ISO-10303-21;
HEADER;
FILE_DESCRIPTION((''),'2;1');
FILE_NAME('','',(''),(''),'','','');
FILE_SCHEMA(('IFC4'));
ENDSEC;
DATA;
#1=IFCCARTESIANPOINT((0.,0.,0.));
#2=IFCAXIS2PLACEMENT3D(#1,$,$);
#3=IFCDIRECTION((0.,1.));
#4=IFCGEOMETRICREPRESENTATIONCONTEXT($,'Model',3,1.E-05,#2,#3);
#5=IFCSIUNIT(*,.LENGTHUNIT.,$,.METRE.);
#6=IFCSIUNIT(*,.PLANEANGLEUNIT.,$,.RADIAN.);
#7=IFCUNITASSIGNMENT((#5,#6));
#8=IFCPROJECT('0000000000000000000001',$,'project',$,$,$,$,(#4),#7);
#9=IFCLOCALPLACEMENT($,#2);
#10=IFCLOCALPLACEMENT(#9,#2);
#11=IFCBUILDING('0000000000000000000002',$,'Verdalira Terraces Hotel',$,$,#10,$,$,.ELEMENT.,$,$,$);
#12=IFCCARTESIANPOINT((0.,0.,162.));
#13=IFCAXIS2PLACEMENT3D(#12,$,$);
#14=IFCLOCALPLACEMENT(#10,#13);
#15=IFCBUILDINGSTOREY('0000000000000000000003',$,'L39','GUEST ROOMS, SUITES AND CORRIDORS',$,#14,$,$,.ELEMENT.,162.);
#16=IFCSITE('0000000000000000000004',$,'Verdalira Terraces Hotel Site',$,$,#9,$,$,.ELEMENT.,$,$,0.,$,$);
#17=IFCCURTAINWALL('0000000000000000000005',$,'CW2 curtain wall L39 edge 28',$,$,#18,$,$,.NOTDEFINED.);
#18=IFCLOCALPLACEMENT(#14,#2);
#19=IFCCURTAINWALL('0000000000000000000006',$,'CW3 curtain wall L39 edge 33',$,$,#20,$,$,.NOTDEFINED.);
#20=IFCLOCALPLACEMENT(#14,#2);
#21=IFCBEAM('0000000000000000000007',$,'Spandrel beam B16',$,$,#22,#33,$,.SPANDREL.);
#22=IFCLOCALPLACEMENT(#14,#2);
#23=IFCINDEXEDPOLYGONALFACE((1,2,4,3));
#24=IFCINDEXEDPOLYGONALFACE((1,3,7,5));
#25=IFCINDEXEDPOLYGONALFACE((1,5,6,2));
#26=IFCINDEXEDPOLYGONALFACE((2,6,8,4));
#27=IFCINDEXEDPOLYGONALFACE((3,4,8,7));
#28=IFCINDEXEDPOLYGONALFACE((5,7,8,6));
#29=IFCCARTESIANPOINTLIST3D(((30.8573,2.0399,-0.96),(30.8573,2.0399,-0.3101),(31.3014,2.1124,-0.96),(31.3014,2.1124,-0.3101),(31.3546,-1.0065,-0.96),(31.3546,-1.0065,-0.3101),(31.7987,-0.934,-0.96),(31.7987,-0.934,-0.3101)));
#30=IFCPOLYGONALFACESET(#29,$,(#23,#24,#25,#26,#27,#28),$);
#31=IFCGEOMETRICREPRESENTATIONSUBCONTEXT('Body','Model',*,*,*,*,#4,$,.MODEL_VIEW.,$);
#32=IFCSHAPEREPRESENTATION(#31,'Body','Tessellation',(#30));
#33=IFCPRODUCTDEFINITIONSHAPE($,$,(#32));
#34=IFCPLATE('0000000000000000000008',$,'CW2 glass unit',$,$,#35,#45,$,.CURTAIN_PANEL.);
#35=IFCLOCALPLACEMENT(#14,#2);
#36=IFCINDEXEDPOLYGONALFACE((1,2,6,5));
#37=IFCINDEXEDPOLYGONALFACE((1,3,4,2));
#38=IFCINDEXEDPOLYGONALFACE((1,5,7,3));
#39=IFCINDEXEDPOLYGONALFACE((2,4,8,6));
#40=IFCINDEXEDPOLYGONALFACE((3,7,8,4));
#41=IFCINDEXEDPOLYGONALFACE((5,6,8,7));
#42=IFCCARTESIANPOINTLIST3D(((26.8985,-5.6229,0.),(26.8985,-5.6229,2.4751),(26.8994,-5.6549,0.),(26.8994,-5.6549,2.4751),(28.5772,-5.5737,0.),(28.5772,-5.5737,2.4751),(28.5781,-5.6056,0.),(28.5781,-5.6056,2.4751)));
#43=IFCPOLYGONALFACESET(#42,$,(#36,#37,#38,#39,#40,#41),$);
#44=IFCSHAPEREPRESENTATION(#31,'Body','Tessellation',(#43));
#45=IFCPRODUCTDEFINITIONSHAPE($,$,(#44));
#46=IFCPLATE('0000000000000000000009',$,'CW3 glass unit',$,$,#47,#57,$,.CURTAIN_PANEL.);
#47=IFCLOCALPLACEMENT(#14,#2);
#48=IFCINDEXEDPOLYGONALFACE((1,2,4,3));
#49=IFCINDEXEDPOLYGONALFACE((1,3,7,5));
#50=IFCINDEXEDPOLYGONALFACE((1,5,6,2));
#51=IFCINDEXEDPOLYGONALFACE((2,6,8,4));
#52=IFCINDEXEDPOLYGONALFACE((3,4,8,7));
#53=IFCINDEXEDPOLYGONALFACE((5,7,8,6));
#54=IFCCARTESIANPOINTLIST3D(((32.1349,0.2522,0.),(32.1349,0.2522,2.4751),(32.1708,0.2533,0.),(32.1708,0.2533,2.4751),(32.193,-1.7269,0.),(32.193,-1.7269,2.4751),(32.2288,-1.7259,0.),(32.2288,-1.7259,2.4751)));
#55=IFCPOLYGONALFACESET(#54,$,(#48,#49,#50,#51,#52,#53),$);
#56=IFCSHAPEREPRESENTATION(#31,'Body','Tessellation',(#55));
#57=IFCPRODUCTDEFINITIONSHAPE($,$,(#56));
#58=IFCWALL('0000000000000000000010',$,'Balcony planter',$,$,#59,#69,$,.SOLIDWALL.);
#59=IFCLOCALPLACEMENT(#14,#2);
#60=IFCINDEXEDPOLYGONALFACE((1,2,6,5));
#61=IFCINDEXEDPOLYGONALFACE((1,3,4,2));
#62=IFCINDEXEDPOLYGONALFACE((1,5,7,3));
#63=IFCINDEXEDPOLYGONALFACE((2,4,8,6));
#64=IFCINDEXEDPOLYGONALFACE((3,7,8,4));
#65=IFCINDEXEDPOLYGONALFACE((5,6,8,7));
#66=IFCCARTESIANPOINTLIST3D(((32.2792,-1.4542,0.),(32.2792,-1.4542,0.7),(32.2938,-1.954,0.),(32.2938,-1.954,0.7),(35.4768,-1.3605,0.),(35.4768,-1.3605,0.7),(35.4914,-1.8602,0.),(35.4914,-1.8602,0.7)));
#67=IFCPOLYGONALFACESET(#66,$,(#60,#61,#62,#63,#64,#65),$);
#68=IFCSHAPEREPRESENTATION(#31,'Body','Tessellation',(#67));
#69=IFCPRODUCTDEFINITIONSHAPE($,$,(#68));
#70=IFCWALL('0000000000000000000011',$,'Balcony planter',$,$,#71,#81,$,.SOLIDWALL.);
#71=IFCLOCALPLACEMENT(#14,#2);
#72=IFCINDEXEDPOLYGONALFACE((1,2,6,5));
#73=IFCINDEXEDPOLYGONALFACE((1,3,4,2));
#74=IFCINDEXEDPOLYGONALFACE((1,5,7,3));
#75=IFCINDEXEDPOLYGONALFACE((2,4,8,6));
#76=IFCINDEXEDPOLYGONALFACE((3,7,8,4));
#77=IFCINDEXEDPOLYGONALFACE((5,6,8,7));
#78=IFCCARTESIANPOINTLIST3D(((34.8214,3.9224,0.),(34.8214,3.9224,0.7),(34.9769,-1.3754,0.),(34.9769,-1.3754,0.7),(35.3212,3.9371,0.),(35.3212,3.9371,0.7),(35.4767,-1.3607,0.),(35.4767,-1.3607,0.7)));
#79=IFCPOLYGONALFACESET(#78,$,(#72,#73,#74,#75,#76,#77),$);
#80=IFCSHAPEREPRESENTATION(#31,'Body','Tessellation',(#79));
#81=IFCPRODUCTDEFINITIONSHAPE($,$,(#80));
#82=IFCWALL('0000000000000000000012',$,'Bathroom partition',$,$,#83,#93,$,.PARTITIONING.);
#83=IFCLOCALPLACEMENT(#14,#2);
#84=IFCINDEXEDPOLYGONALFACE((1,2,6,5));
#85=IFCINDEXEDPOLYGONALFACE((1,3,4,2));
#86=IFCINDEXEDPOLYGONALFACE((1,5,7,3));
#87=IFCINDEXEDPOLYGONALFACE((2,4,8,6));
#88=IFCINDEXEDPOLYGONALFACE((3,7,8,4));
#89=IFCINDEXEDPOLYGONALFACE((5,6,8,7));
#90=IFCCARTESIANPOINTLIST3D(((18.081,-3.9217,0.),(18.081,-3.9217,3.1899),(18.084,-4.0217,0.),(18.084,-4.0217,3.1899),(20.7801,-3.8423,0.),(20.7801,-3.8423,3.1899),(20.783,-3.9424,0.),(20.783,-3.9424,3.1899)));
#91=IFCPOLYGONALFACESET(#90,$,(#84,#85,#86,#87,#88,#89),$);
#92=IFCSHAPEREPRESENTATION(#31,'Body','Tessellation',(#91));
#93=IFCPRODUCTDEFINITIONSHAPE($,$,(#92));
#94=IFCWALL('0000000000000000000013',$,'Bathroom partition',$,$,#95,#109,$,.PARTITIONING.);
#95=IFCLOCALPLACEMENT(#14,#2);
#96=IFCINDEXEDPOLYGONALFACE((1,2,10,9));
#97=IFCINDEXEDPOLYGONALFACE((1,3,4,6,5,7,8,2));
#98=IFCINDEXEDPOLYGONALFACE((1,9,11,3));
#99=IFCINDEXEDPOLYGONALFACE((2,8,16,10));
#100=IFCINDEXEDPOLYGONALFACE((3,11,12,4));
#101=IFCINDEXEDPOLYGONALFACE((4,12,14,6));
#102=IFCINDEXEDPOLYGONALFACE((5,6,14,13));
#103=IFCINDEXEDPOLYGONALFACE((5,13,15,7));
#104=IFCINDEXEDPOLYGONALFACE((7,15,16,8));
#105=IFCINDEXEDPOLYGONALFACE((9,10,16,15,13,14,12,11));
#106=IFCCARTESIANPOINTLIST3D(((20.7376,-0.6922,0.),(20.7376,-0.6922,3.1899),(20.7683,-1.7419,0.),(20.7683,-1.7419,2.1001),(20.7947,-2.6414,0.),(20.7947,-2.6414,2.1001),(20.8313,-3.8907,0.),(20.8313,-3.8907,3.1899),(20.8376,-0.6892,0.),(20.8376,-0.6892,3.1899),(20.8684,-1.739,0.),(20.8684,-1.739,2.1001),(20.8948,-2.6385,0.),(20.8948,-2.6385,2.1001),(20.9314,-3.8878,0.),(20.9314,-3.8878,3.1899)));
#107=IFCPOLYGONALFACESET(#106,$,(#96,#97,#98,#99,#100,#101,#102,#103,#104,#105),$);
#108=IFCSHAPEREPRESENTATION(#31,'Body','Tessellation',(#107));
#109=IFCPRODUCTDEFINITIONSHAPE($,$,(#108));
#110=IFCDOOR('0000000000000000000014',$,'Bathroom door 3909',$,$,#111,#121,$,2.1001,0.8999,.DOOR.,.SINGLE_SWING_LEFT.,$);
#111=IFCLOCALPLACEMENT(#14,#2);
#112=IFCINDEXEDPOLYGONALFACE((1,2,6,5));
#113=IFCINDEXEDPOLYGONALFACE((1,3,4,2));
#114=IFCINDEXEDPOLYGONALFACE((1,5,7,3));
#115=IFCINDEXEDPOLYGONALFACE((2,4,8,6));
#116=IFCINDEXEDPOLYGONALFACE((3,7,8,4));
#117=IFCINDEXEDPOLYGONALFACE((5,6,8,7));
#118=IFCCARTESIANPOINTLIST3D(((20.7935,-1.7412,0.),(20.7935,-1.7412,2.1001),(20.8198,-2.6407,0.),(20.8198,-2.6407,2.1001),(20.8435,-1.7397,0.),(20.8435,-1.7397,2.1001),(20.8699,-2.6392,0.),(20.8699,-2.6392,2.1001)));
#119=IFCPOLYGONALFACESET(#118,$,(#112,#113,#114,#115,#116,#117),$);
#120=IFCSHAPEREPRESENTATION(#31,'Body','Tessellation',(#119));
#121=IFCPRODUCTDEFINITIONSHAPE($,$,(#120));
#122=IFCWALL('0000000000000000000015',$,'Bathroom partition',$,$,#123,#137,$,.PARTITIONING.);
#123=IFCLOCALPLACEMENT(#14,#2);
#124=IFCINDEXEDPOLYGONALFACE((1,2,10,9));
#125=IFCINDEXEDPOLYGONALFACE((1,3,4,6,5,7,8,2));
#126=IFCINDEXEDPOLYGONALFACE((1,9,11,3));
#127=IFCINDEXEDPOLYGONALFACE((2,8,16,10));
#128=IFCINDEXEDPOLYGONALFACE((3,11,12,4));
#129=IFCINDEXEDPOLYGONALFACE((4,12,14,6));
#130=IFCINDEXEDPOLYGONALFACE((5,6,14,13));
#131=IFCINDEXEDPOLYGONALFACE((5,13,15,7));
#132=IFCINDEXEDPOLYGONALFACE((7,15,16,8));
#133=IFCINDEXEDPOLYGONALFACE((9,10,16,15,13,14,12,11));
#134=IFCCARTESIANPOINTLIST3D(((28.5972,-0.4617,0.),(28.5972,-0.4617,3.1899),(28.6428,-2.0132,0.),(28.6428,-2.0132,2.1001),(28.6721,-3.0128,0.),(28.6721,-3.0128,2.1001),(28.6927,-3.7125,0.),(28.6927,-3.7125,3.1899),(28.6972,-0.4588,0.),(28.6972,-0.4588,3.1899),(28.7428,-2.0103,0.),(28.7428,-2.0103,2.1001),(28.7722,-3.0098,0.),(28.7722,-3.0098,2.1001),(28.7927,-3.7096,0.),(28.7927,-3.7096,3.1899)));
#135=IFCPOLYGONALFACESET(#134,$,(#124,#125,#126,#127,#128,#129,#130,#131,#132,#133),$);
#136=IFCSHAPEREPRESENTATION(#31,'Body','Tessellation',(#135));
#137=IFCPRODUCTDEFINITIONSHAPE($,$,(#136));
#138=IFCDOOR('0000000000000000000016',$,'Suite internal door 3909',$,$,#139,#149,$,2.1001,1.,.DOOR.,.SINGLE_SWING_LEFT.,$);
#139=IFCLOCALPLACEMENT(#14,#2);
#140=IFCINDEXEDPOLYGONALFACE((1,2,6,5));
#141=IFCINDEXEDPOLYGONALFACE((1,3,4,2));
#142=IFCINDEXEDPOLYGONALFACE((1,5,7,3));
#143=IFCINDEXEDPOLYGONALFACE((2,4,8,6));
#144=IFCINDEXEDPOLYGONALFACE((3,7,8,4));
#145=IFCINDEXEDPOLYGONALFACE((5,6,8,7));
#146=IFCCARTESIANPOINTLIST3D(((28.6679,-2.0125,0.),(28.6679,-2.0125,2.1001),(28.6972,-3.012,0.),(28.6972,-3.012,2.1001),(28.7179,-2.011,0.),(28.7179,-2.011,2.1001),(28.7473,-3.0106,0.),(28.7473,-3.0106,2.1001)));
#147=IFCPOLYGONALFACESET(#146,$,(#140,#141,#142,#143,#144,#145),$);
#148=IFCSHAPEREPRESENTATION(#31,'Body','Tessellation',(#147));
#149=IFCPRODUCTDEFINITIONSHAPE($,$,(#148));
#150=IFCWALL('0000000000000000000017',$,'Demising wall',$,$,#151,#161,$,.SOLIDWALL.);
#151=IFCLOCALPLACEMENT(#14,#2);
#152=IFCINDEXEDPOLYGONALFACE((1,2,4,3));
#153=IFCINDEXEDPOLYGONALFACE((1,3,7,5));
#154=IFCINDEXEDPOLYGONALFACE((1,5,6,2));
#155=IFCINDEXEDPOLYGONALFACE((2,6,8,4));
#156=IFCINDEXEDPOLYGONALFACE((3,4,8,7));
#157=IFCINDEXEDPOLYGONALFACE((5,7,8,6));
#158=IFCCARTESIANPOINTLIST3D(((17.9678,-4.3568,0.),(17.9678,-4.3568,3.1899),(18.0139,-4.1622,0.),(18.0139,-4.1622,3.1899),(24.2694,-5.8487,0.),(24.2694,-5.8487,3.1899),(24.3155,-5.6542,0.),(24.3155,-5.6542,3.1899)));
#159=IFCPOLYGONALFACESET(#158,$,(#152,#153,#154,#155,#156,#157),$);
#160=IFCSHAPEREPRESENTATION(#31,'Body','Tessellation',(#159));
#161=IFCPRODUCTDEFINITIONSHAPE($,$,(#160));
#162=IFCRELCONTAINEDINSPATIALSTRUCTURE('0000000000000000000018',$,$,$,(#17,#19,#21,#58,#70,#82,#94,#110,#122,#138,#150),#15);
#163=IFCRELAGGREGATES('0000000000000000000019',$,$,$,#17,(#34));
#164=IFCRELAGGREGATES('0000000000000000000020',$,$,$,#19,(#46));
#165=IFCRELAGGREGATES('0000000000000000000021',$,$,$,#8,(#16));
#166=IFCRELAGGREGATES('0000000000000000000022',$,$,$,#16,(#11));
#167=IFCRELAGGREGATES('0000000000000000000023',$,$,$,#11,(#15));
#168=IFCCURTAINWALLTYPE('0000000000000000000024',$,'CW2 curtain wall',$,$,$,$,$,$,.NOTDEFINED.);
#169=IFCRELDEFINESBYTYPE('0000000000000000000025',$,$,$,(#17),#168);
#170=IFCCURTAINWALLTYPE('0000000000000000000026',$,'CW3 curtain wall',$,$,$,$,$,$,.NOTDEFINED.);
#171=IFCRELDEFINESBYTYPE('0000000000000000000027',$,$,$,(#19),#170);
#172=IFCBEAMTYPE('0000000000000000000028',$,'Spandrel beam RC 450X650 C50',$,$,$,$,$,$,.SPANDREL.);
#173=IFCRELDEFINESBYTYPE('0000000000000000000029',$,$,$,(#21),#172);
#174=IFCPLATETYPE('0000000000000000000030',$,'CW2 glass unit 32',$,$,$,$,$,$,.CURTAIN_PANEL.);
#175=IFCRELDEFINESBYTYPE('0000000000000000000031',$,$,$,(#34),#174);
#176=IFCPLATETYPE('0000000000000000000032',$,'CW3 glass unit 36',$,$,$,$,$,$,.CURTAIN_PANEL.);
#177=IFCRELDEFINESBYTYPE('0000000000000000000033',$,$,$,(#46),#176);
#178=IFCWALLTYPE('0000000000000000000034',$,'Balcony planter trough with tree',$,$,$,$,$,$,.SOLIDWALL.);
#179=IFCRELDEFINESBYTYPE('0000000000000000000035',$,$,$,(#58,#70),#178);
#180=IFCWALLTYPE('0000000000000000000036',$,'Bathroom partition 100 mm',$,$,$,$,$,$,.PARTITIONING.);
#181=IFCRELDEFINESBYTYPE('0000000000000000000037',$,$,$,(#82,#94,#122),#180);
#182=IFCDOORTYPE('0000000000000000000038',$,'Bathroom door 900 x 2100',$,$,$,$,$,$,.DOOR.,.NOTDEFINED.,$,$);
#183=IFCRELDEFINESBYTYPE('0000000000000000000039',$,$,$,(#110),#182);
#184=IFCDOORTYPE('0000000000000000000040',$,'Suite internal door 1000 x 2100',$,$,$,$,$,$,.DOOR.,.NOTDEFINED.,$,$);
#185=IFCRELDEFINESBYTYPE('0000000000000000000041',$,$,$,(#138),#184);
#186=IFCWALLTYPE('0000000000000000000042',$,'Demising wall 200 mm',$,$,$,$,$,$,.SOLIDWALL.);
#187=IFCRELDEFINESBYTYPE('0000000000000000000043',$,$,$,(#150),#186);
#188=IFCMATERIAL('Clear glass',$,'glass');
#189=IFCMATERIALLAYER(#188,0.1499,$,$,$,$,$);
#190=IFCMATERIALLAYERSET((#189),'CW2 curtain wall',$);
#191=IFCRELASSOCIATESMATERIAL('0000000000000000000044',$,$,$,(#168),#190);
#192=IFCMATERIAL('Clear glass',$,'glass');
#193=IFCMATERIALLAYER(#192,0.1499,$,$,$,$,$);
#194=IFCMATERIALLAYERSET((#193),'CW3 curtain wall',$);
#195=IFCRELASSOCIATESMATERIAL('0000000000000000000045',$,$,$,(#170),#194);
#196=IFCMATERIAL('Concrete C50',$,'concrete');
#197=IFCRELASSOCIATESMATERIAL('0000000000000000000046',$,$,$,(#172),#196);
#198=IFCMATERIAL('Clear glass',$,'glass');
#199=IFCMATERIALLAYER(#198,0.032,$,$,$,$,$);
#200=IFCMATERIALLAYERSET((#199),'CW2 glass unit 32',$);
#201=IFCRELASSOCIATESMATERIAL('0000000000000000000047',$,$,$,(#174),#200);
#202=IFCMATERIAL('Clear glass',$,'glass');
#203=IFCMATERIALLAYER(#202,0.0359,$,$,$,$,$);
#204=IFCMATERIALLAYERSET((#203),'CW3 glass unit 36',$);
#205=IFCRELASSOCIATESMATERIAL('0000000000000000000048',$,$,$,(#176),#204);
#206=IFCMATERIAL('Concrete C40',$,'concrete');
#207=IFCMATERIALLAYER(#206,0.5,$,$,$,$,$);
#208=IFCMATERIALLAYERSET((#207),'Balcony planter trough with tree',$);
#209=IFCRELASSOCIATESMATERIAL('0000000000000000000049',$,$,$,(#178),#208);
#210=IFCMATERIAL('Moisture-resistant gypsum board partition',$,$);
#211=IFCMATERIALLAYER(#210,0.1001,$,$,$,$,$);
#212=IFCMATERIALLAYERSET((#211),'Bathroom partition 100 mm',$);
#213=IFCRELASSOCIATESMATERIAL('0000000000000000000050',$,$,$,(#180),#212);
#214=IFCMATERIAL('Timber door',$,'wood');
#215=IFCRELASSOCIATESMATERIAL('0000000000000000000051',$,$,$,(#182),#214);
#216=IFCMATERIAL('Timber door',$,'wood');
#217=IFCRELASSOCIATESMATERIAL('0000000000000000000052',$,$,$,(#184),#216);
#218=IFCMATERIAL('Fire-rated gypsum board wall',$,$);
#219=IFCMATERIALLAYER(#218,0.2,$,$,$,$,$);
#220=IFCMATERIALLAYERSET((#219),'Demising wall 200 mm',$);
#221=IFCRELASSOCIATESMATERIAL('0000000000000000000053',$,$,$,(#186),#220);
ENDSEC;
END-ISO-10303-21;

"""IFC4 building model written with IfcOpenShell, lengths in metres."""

from ifc_helpers import new_model, si_unit, direction, frame, frame_2d, origin, origin_2d, place, context, subcontext, project, spatial, rectangle, extrude, material, layer, layer_set, material_profile, profile_set, type_object, element, fill, aggregate, save


model = new_model("IFC4")

# Units and contexts
model_context = context("Model", 3, precision=1e-05, world=origin(), true_north=direction((0.0, 1.0)))
body_context = subcontext(model_context, "Body", "Model", "MODEL_VIEW")
ifc_project = project(units=[si_unit("LENGTHUNIT", "METRE"), si_unit("PLANEANGLEUNIT", "RADIAN")], contexts=[model_context])

# Site, building, storey
site_placement = place(None, origin())
site = spatial("IfcSite", under=ifc_project, at=site_placement, Name="Verdalira Terraces Hotel Site", CompositionType="ELEMENT", RefElevation=0.0)
building_placement = place(site_placement, origin())
building = spatial("IfcBuilding", under=site, at=building_placement, Name="Verdalira Terraces Hotel", CompositionType="ELEMENT")
storey_placement = place(building_placement, frame((0.0, 0.0, 162.0)))
storey = spatial("IfcBuildingStorey", under=building, at=storey_placement, Name="L39", Description="GUEST ROOMS, SUITES AND CORRIDORS", CompositionType="ELEMENT", Elevation=162.0)

# Curtain wall
ifc_material_1 = material(Name="Clear glass", Category="glass")
ifc_layer_1 = layer(ifc_material_1, 0.1499)
ifc_layer_set_1 = layer_set([ifc_layer_1], Name="CW2 curtain wall")
curtain_wall_type_1 = type_object("IfcCurtainWallType", Name="CW2 curtain wall", PredefinedType="NOTDEFINED", material=ifc_layer_set_1)
curtain_wall_1_placement = place(storey_placement, origin())
curtain_wall_1 = element("IfcCurtainWall", 1, at=curtain_wall_1_placement, inside=storey, type_object=curtain_wall_type_1, Name="CW2 curtain wall L39 edge 28", PredefinedType="NOTDEFINED")

# Curtain wall
ifc_material_2 = material(Name="Clear glass", Category="glass")
ifc_layer_2 = layer(ifc_material_2, 0.1499)
ifc_layer_set_2 = layer_set([ifc_layer_2], Name="CW3 curtain wall")
curtain_wall_type_2 = type_object("IfcCurtainWallType", Name="CW3 curtain wall", PredefinedType="NOTDEFINED", material=ifc_layer_set_2)
curtain_wall_2_placement = place(storey_placement, origin())
curtain_wall_2 = element("IfcCurtainWall", 2, at=curtain_wall_2_placement, inside=storey, type_object=curtain_wall_type_2, Name="CW3 curtain wall L39 edge 33", PredefinedType="NOTDEFINED")

# Beam
ifc_material_3 = material(Name="Concrete C50", Category="concrete")
ifc_material_profile_1 = material_profile(ifc_material_3, rectangle(XDim=0.45, YDim=0.6499, at=origin_2d()), Name="RC 450X650")
ifc_profile_set_1 = profile_set([ifc_material_profile_1], Name="Concrete C50")
beam_type_1 = type_object("IfcBeamType", Name="Spandrel beam RC 450X650 C50", PredefinedType="SPANDREL", material=ifc_profile_set_1)
beam_1_placement = place(storey_placement, frame((31.5767, -0.9702, -0.635), z_axis=(-0.161115, 0.986936, 0.0), x_axis=(-0.986936, -0.161115, 0.0)))
element("IfcBeam", 3, at=beam_1_placement, inside=storey, type_object=beam_type_1, Name="Spandrel beam B16", PredefinedType="SPANDREL", context=body_context, shape_type="SweptSolid", body=[
    extrude(rectangle(XDim=0.45, YDim=0.6499, at=origin_2d()), origin(), (0.0, 0.0, 1.0), 3.0867),
])

# Plates
ifc_material_4 = material(Name="Clear glass", Category="glass")
ifc_layer_3 = layer(ifc_material_4, 0.032)
ifc_layer_set_3 = layer_set([ifc_layer_3], Name="CW2 glass unit 32")
plate_type_1 = type_object("IfcPlateType", Name="CW2 glass unit 32", PredefinedType="CURTAIN_PANEL", material=ifc_layer_set_3)
plate_1_placement = place(storey_placement, frame((27.7383, -5.6143, 0.0), z_axis=(0.0, 0.0, 1.0), x_axis=(0.99957, 0.029317, 0.0)))
plate_1 = element("IfcPlate", 4, at=plate_1_placement, type_object=plate_type_1, Name="CW2 glass unit", PredefinedType="CURTAIN_PANEL", context=body_context, shape_type="SweptSolid", body=[
    extrude(rectangle(XDim=1.6794, YDim=0.032, at=origin_2d()), origin(), (0.0, 0.0, 1.0), 2.4751),
])
aggregate(curtain_wall_1, [plate_1])
ifc_material_5 = material(Name="Clear glass", Category="glass")
ifc_layer_4 = layer(ifc_material_5, 0.0359)
ifc_layer_set_4 = layer_set([ifc_layer_4], Name="CW3 glass unit 36")
plate_type_2 = type_object("IfcPlateType", Name="CW3 glass unit 36", PredefinedType="CURTAIN_PANEL", material=ifc_layer_set_4)
plate_2_placement = place(storey_placement, frame((32.1819, -0.7368, 0.0), z_axis=(0.0, 0.0, 1.0), x_axis=(-0.029317, 0.99957, 0.0)))
plate_2 = element("IfcPlate", 5, at=plate_2_placement, type_object=plate_type_2, Name="CW3 glass unit", PredefinedType="CURTAIN_PANEL", context=body_context, shape_type="SweptSolid", body=[
    extrude(rectangle(XDim=1.98, YDim=0.0359, at=origin_2d()), origin(), (0.0, 0.0, 1.0), 2.4751),
])
aggregate(curtain_wall_2, [plate_2])

# Walls
ifc_material_6 = material(Name="Concrete C40", Category="concrete")
ifc_layer_5 = layer(ifc_material_6, 0.5)
ifc_layer_set_5 = layer_set([ifc_layer_5], Name="Balcony planter trough with tree")
wall_type_1 = type_object("IfcWallType", Name="Balcony planter trough with tree", PredefinedType="SOLIDWALL", material=ifc_layer_set_5)
wall_1_placement = place(storey_placement, frame((32.2864, -1.7041, 0.0), z_axis=(0.0, 0.0, 1.0), x_axis=(0.99957, 0.029307, 0.0)))
element("IfcWall", 6, at=wall_1_placement, inside=storey, type_object=wall_type_1, Name="Balcony planter", PredefinedType="SOLIDWALL", context=body_context, shape_type="SweptSolid", body=[
    extrude(rectangle(XDim=3.199, YDim=0.5, at=frame_2d((1.5996, 0.0))), origin(), (0.0, 0.0, 1.0), 0.7),
])
wall_2_placement = place(storey_placement, frame((35.2268, -1.3679, 0.0), z_axis=(0.0, 0.0, 1.0), x_axis=(-0.029342, 0.999569, 0.0)))
element("IfcWall", 7, at=wall_2_placement, inside=storey, type_object=wall_type_1, Name="Balcony planter", PredefinedType="SOLIDWALL", context=body_context, shape_type="SweptSolid", body=[
    extrude(rectangle(XDim=5.3, YDim=0.5, at=frame_2d((2.6499, 0.0))), origin(), (0.0, 0.0, 1.0), 0.7),
])
ifc_material_7 = material(Name="Moisture-resistant gypsum board partition")
ifc_layer_6 = layer(ifc_material_7, 0.1001)
ifc_layer_set_6 = layer_set([ifc_layer_6], Name="Bathroom partition 100 mm")
wall_type_2 = type_object("IfcWallType", Name="Bathroom partition 100 mm", PredefinedType="PARTITIONING", material=ifc_layer_set_6)
wall_3_placement = place(storey_placement, frame((18.0825, -3.9717, 0.0), z_axis=(0.0, 0.0, 1.0), x_axis=(0.999568, 0.029386, 0.0)))
element("IfcWall", 8, at=wall_3_placement, inside=storey, type_object=wall_type_2, Name="Bathroom partition", PredefinedType="PARTITIONING", context=body_context, shape_type="SweptSolid", body=[
    extrude(rectangle(XDim=2.7002, YDim=0.1001, at=frame_2d((1.3501, 0.0))), origin(), (0.0, 0.0, 1.0), 3.1899),
])

# Walls, openings, doors
wall_4_placement = place(storey_placement, frame((20.8813, -3.8894, 0.0), z_axis=(0.0, 0.0, 1.0), x_axis=(-0.029298, 0.999571, 0.0)))
wall_4 = element("IfcWall", 9, at=wall_4_placement, inside=storey, type_object=wall_type_2, Name="Bathroom partition", PredefinedType="PARTITIONING", context=body_context, shape_type="SweptSolid", body=[
    extrude(rectangle(XDim=3.2, YDim=0.1001, at=frame_2d((1.6001, 0.0))), origin(), (0.0, 0.0, 1.0), 3.1899),
])
opening_1_placement = place(wall_4_placement, frame((1.25, 0.0, 0.0)))
opening_1 = element("IfcOpeningElement", 10, at=opening_1_placement, cuts=wall_4, PredefinedType="OPENING", context=body_context, shape_type="SweptSolid", body=[
    extrude(rectangle(XDim=0.8999, YDim=2.1001, at=frame_2d((0.45, 1.05))), frame((0.0, 0.0601, 0.0), z_axis=(0.0, -1.0, 0.0), x_axis=(1.0, 0.0, 0.0)), (0.0, 0.0, 1.0), 0.1201),
])
ifc_material_8 = material(Name="Timber door", Category="wood")
door_type_1 = type_object("IfcDoorType", Name="Bathroom door 900 x 2100", OperationType="NOTDEFINED", PredefinedType="DOOR", material=ifc_material_8)
door_1_placement = place(opening_1_placement, origin())
door_1 = element("IfcDoor", 11, at=door_1_placement, inside=storey, type_object=door_type_1, Name="Bathroom door 3909", OperationType="SINGLE_SWING_LEFT", OverallHeight=2.1001, OverallWidth=0.8999, PredefinedType="DOOR", context=body_context, shape_type="SweptSolid", body=[
    extrude(rectangle(XDim=0.8999, YDim=2.1001, at=frame_2d((0.45, 1.05))), frame((0.0, 0.0249, 0.0), z_axis=(0.0, -1.0, 0.0), x_axis=(1.0, 0.0, 0.0)), (0.0, 0.0, 1.0), 0.05),
])
fill(opening_1, door_1)
wall_5_placement = place(storey_placement, frame((28.7427, -3.7109, 0.0), z_axis=(0.0, 0.0, 1.0), x_axis=(-0.029353, 0.999569, 0.0)))
wall_5 = element("IfcWall", 12, at=wall_5_placement, inside=storey, type_object=wall_type_2, Name="Bathroom partition", PredefinedType="PARTITIONING", context=body_context, shape_type="SweptSolid", body=[
    extrude(rectangle(XDim=3.2522, YDim=0.1001, at=frame_2d((1.626, 0.0))), origin(), (0.0, 0.0, 1.0), 3.1899),
])
opening_2_placement = place(wall_5_placement, frame((0.7, 0.0, 0.0)))
opening_2 = element("IfcOpeningElement", 13, at=opening_2_placement, cuts=wall_5, PredefinedType="OPENING", context=body_context, shape_type="SweptSolid", body=[
    extrude(rectangle(XDim=1.0, YDim=2.1001, at=frame_2d((0.5, 1.05))), frame((0.0, 0.0601, 0.0), z_axis=(0.0, -1.0, 0.0), x_axis=(1.0, 0.0, 0.0)), (0.0, 0.0, 1.0), 0.1201),
])
ifc_material_9 = material(Name="Timber door", Category="wood")
door_type_2 = type_object("IfcDoorType", Name="Suite internal door 1000 x 2100", OperationType="NOTDEFINED", PredefinedType="DOOR", material=ifc_material_9)
door_2_placement = place(opening_2_placement, origin())
door_2 = element("IfcDoor", 14, at=door_2_placement, inside=storey, type_object=door_type_2, Name="Suite internal door 3909", OperationType="SINGLE_SWING_LEFT", OverallHeight=2.1001, OverallWidth=1.0, PredefinedType="DOOR", context=body_context, shape_type="SweptSolid", body=[
    extrude(rectangle(XDim=1.0, YDim=2.1001, at=frame_2d((0.5, 1.05))), frame((0.0, 0.0249, 0.0), z_axis=(0.0, -1.0, 0.0), x_axis=(1.0, 0.0, 0.0)), (0.0, 0.0, 1.0), 0.05),
])
fill(opening_2, door_2)

# Wall
ifc_material_10 = material(Name="Fire-rated gypsum board wall")
ifc_layer_7 = layer(ifc_material_10, 0.2)
ifc_layer_set_7 = layer_set([ifc_layer_7], Name="Demising wall 200 mm")
wall_type_3 = type_object("IfcWallType", Name="Demising wall 200 mm", PredefinedType="SOLIDWALL", material=ifc_layer_set_7)
wall_6_placement = place(storey_placement, frame((17.991, -4.2595, 0.0), z_axis=(0.0, 0.0, 1.0), x_axis=(0.973098, -0.23039, 0.0)))
element("IfcWall", 15, at=wall_6_placement, inside=storey, type_object=wall_type_3, Name="Demising wall", PredefinedType="SOLIDWALL", context=body_context, shape_type="SweptSolid", body=[
    extrude(rectangle(XDim=6.4758, YDim=0.2, at=frame_2d((3.2378, 0.0))), origin(), (0.0, 0.0, 1.0), 3.1899),
])

save(model, "model.ifc")
